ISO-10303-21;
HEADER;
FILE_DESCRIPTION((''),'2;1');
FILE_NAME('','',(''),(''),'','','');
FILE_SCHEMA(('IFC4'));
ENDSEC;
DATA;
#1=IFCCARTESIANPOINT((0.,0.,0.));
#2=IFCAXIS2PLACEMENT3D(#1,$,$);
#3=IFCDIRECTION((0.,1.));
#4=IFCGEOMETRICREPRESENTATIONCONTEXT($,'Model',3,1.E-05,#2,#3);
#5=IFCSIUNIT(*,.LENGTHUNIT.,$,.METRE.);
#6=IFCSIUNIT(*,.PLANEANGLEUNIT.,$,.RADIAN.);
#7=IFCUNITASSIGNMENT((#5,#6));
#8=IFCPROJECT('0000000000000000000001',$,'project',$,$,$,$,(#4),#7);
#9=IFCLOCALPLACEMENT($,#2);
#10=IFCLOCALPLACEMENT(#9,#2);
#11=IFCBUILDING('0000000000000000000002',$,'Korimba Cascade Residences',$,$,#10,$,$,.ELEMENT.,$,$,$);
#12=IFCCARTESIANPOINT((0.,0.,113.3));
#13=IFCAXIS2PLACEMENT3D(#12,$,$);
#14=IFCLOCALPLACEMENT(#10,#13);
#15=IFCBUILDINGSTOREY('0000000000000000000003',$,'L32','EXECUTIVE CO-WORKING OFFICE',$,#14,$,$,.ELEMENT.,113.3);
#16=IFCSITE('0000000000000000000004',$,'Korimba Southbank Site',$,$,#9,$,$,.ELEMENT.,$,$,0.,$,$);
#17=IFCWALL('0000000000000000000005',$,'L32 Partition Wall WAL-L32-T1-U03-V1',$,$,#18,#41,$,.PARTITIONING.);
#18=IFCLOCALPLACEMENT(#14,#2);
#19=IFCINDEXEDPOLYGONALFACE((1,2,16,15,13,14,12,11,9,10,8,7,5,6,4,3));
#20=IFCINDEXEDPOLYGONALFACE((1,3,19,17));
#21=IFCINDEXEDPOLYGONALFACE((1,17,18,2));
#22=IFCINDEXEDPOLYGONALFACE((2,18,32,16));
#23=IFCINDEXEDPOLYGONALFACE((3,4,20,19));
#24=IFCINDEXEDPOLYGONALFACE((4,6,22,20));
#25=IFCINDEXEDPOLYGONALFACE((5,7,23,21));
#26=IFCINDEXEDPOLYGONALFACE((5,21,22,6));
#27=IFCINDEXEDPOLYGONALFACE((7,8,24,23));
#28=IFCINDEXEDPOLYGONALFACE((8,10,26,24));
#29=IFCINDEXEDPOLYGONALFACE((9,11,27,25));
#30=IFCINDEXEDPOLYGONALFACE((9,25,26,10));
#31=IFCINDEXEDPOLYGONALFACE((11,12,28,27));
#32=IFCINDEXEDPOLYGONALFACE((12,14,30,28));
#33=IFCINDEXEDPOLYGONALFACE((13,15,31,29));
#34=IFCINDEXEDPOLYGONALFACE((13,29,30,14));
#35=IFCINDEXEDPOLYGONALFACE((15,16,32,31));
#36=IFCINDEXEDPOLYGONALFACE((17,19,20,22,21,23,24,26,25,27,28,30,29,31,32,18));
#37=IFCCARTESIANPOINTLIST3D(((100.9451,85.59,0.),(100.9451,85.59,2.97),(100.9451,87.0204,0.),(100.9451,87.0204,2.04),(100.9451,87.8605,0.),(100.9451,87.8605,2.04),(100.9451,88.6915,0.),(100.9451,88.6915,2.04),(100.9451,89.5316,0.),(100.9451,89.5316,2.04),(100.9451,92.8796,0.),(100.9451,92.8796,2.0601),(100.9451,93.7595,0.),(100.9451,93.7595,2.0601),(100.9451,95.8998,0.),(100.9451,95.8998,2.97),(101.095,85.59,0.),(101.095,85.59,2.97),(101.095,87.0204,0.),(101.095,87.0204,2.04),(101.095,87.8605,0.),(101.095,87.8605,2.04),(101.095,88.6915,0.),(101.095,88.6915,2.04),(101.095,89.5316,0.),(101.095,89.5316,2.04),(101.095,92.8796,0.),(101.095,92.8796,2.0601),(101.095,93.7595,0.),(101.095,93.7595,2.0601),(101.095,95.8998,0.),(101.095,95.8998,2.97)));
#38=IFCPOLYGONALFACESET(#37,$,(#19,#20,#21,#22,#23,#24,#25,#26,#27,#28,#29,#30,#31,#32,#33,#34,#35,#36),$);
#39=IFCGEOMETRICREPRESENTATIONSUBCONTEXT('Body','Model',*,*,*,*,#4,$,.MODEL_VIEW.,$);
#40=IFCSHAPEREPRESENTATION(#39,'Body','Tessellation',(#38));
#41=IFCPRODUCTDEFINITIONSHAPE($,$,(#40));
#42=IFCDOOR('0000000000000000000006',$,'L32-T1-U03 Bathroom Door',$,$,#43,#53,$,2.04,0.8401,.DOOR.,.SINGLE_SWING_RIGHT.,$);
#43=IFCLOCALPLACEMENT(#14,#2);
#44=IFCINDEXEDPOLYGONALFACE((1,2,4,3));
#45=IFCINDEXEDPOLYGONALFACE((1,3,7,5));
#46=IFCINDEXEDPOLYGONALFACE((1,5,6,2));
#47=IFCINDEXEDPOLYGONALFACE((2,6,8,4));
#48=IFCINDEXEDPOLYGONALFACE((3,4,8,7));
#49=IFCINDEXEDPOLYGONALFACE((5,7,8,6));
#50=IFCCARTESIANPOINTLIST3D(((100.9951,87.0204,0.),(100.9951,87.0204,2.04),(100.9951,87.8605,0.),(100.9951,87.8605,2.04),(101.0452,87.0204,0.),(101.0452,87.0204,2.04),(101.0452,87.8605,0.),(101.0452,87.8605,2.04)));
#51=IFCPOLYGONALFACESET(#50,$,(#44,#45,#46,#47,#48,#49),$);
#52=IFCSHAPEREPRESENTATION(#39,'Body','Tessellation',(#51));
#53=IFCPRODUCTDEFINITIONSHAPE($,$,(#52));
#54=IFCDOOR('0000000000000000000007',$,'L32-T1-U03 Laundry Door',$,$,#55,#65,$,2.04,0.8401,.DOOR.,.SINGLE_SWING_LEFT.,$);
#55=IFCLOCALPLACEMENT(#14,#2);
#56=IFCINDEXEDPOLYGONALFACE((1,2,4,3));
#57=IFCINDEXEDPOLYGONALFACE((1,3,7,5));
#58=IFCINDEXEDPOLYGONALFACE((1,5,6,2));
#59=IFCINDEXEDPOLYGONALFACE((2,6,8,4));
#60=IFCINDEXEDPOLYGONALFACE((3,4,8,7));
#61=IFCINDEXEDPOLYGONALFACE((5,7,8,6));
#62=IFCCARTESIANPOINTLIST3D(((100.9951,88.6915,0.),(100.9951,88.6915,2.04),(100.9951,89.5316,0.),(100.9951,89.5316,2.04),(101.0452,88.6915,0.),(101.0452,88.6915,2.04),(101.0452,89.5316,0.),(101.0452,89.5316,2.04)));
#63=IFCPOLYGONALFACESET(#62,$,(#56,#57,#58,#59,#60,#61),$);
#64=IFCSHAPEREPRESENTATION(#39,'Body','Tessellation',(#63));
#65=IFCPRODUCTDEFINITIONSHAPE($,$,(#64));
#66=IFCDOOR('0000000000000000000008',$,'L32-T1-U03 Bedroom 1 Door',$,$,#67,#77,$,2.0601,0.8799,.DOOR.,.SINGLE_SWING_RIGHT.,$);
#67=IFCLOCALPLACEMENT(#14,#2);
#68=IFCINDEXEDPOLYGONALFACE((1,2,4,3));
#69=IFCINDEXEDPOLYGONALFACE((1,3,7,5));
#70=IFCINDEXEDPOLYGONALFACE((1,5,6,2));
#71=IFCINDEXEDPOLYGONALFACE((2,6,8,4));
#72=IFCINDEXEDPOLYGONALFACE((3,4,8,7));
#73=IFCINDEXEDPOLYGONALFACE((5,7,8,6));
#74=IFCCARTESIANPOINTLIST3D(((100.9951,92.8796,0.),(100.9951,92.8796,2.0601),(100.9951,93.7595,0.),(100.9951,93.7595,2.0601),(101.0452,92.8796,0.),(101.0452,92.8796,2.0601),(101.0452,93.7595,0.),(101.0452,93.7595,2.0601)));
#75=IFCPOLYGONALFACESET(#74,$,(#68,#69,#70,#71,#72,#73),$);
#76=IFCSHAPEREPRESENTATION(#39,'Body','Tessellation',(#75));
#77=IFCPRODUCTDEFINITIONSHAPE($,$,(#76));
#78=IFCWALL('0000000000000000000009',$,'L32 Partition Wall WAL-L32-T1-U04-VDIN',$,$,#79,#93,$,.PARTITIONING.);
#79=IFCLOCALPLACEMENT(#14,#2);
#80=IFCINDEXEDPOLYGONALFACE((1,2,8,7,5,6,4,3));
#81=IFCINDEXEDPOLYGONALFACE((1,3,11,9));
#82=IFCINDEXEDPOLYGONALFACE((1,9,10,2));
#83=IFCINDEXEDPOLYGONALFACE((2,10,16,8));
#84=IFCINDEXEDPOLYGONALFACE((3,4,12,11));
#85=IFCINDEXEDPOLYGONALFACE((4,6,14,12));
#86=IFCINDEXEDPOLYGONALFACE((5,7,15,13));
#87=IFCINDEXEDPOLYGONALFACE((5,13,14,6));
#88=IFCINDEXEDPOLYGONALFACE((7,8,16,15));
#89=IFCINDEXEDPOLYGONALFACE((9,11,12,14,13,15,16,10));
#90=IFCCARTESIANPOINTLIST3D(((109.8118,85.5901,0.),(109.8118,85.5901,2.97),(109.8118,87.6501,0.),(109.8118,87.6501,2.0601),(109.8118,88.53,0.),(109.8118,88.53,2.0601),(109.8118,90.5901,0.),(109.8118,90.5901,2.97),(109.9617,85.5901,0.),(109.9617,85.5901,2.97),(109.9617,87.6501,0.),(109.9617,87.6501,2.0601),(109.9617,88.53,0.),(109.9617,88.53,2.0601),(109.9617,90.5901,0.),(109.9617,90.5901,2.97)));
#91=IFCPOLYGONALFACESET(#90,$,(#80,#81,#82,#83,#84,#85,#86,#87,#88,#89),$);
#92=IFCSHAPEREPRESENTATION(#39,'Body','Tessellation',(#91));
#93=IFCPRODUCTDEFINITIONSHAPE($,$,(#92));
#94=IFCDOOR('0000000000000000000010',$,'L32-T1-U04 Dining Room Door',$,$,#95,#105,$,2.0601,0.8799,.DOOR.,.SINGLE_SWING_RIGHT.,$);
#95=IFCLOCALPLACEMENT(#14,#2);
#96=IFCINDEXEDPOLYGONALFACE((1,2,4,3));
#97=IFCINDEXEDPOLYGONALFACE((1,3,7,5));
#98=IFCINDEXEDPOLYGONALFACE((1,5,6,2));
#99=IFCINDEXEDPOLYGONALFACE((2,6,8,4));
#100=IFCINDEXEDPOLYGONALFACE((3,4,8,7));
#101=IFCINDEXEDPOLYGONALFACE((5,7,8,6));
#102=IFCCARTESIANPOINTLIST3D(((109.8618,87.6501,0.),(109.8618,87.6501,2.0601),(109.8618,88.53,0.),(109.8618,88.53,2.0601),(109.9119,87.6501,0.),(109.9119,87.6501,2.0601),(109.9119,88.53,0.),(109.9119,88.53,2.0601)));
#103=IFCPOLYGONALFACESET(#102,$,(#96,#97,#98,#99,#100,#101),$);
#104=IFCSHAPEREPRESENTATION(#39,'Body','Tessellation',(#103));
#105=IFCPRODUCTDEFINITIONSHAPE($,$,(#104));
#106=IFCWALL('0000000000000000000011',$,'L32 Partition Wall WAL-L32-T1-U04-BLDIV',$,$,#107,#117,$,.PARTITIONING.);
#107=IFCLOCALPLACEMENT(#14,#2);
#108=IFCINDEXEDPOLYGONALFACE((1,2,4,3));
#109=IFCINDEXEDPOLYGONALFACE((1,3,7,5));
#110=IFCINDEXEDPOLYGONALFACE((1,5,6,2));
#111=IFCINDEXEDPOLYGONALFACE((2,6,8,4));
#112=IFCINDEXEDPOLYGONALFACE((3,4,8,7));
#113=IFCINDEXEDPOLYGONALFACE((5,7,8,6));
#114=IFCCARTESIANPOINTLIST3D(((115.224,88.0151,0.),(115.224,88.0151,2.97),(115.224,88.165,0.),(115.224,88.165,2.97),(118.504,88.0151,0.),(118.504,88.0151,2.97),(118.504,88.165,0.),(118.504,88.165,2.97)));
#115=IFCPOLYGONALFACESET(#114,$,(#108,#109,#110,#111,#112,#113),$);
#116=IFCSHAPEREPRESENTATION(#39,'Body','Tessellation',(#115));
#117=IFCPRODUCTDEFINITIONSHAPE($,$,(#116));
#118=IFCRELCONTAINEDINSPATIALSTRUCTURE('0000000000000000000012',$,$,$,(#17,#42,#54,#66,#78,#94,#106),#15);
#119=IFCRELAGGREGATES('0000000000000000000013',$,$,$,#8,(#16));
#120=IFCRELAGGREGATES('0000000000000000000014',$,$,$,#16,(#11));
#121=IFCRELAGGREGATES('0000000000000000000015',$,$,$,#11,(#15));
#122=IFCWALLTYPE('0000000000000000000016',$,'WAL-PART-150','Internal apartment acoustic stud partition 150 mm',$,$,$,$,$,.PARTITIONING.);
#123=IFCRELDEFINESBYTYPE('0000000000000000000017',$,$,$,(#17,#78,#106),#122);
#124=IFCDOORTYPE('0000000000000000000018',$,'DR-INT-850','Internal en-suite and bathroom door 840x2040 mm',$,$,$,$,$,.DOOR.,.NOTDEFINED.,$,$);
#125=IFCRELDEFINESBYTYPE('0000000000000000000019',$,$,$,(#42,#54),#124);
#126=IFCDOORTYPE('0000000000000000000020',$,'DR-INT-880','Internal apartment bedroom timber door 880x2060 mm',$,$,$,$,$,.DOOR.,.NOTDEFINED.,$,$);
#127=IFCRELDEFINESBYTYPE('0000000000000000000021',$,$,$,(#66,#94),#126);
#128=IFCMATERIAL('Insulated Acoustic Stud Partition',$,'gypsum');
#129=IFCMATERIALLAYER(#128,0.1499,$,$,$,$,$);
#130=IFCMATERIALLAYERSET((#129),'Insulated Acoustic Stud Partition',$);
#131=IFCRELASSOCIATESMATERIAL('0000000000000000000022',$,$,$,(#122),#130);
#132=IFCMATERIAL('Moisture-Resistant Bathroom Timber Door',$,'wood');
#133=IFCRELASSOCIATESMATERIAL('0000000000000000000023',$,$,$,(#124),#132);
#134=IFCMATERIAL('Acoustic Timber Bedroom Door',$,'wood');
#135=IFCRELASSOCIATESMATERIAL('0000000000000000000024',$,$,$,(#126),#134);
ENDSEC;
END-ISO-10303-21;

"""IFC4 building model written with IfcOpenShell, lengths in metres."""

from ifc_helpers import new_model, si_unit, direction, frame, frame_2d, origin, place, context, subcontext, project, spatial, rectangle, extrude, material, layer, layer_set, type_object, element, fill, save


model = new_model("IFC4")

# Units and contexts
model_context = context("Model", 3, precision=1e-05, world=origin(), true_north=direction((0.0, 1.0)))
body_context = subcontext(model_context, "Body", "Model", "MODEL_VIEW")
ifc_project = project(units=[si_unit("LENGTHUNIT", "METRE"), si_unit("PLANEANGLEUNIT", "RADIAN")], contexts=[model_context])

# Site, building, storey
site_placement = place(None, origin())
site = spatial("IfcSite", under=ifc_project, at=site_placement, Name="Korimba Southbank Site", CompositionType="ELEMENT", RefElevation=0.0)
building_placement = place(site_placement, origin())
building = spatial("IfcBuilding", under=site, at=building_placement, Name="Korimba Cascade Residences", CompositionType="ELEMENT")
storey_placement = place(building_placement, frame((0.0, 0.0, 113.3)))
storey = spatial("IfcBuildingStorey", under=building, at=storey_placement, Name="L32", Description="EXECUTIVE CO-WORKING OFFICE", CompositionType="ELEMENT", Elevation=113.3)

# Shared definitions
ifc_material_1 = material(Name="Insulated Acoustic Stud Partition", Category="gypsum")
ifc_layer = layer(ifc_material_1, 0.1499)
ifc_layer_set = layer_set([ifc_layer], Name="Insulated Acoustic Stud Partition")
wall_type = type_object("IfcWallType", Name="WAL-PART-150", Description="Internal apartment acoustic stud partition 150 mm", PredefinedType="PARTITIONING", material=ifc_layer_set)

# Wall, openings, doors
wall_1_placement = place(storey_placement, frame((101.02, 85.5901, 0.0), z_axis=(0.0, 0.0, 1.0), x_axis=(0.0, 1.0, 0.0)))
wall_1 = element("IfcWall", 1, at=wall_1_placement, inside=storey, type_object=wall_type, Name="L32 Partition Wall WAL-L32-T1-U03-V1", PredefinedType="PARTITIONING", context=body_context, shape_type="SweptSolid", body=[
    extrude(rectangle(XDim=10.3098, YDim=0.1499, at=frame_2d((5.1548, 0.0))), origin(), (0.0, 0.0, 1.0), 2.97),
])
opening_1_placement = place(wall_1_placement, frame((1.4304, 0.0, 0.0)))
opening_1 = element("IfcOpeningElement", 2, at=opening_1_placement, cuts=wall_1, PredefinedType="OPENING", context=body_context, shape_type="SweptSolid", body=[
    extrude(rectangle(XDim=0.8401, YDim=2.04, at=frame_2d((0.4199, 1.02))), frame((0.0, 0.085, 0.0), z_axis=(0.0, -1.0, 0.0), x_axis=(1.0, 0.0, 0.0)), (0.0, 0.0, 1.0), 0.1699),
])
opening_2_placement = place(wall_1_placement, frame((3.1016, 0.0, 0.0)))
opening_2 = element("IfcOpeningElement", 3, at=opening_2_placement, cuts=wall_1, PredefinedType="OPENING", context=body_context, shape_type="SweptSolid", body=[
    extrude(rectangle(XDim=0.8401, YDim=2.04, at=frame_2d((0.4199, 1.02))), frame((0.0, 0.085, 0.0), z_axis=(0.0, -1.0, 0.0), x_axis=(1.0, 0.0, 0.0)), (0.0, 0.0, 1.0), 0.1699),
])
opening_3_placement = place(wall_1_placement, frame((7.2896, 0.0, 0.0)))
opening_3 = element("IfcOpeningElement", 4, at=opening_3_placement, cuts=wall_1, PredefinedType="OPENING", context=body_context, shape_type="SweptSolid", body=[
    extrude(rectangle(XDim=0.8799, YDim=2.0601, at=frame_2d((0.4399, 1.03))), frame((0.0, 0.085, 0.0), z_axis=(0.0, -1.0, 0.0), x_axis=(1.0, 0.0, 0.0)), (0.0, 0.0, 1.0), 0.1699),
])
ifc_material_2 = material(Name="Moisture-Resistant Bathroom Timber Door", Category="wood")
door_type_1 = type_object("IfcDoorType", Name="DR-INT-850", Description="Internal en-suite and bathroom door 840x2040 mm", OperationType="NOTDEFINED", PredefinedType="DOOR", material=ifc_material_2)
door_1_placement = place(opening_1_placement, origin())
door_1 = element("IfcDoor", 5, at=door_1_placement, inside=storey, type_object=door_type_1, Name="L32-T1-U03 Bathroom Door", OperationType="SINGLE_SWING_RIGHT", OverallHeight=2.04, OverallWidth=0.8401, PredefinedType="DOOR", context=body_context, shape_type="SweptSolid", body=[
    extrude(rectangle(XDim=0.8401, YDim=2.04, at=frame_2d((0.4199, 1.02))), frame((0.0, 0.0249, 0.0), z_axis=(0.0, -1.0, 0.0), x_axis=(1.0, 0.0, 0.0)), (0.0, 0.0, 1.0), 0.05),
])
fill(opening_1, door_1)
door_2_placement = place(opening_2_placement, origin())
door_2 = element("IfcDoor", 6, at=door_2_placement, inside=storey, type_object=door_type_1, Name="L32-T1-U03 Laundry Door", OperationType="SINGLE_SWING_LEFT", OverallHeight=2.04, OverallWidth=0.8401, PredefinedType="DOOR", context=body_context, shape_type="SweptSolid", body=[
    extrude(rectangle(XDim=0.8401, YDim=2.04, at=frame_2d((0.4199, 1.02))), frame((0.0, 0.0249, 0.0), z_axis=(0.0, -1.0, 0.0), x_axis=(1.0, 0.0, 0.0)), (0.0, 0.0, 1.0), 0.05),
])
fill(opening_2, door_2)
ifc_material_3 = material(Name="Acoustic Timber Bedroom Door", Category="wood")
door_type_2 = type_object("IfcDoorType", Name="DR-INT-880", Description="Internal apartment bedroom timber door 880x2060 mm", OperationType="NOTDEFINED", PredefinedType="DOOR", material=ifc_material_3)
door_3_placement = place(opening_3_placement, origin())
door_3 = element("IfcDoor", 7, at=door_3_placement, inside=storey, type_object=door_type_2, Name="L32-T1-U03 Bedroom 1 Door", OperationType="SINGLE_SWING_RIGHT", OverallHeight=2.0601, OverallWidth=0.8799, PredefinedType="DOOR", context=body_context, shape_type="SweptSolid", body=[
    extrude(rectangle(XDim=0.8799, YDim=2.0601, at=frame_2d((0.4399, 1.03))), frame((0.0, 0.0249, 0.0), z_axis=(0.0, -1.0, 0.0), x_axis=(1.0, 0.0, 0.0)), (0.0, 0.0, 1.0), 0.05),
])
fill(opening_3, door_3)

# Wall, opening, door
wall_2_placement = place(storey_placement, frame((109.8867, 85.5901, 0.0), z_axis=(0.0, 0.0, 1.0), x_axis=(0.0, 1.0, 0.0)))
wall_2 = element("IfcWall", 8, at=wall_2_placement, inside=storey, type_object=wall_type, Name="L32 Partition Wall WAL-L32-T1-U04-VDIN", PredefinedType="PARTITIONING", context=body_context, shape_type="SweptSolid", body=[
    extrude(rectangle(XDim=5.0, YDim=0.1499, at=frame_2d((2.5, 0.0))), origin(), (0.0, 0.0, 1.0), 2.97),
])
opening_4_placement = place(wall_2_placement, frame((2.0601, 0.0, 0.0)))
opening_4 = element("IfcOpeningElement", 9, at=opening_4_placement, cuts=wall_2, PredefinedType="OPENING", context=body_context, shape_type="SweptSolid", body=[
    extrude(rectangle(XDim=0.8799, YDim=2.0601, at=frame_2d((0.4399, 1.03))), frame((0.0, 0.085, 0.0), z_axis=(0.0, -1.0, 0.0), x_axis=(1.0, 0.0, 0.0)), (0.0, 0.0, 1.0), 0.1699),
])
door_4_placement = place(opening_4_placement, origin())
door_4 = element("IfcDoor", 10, at=door_4_placement, inside=storey, type_object=door_type_2, Name="L32-T1-U04 Dining Room Door", OperationType="SINGLE_SWING_RIGHT", OverallHeight=2.0601, OverallWidth=0.8799, PredefinedType="DOOR", context=body_context, shape_type="SweptSolid", body=[
    extrude(rectangle(XDim=0.8799, YDim=2.0601, at=frame_2d((0.4399, 1.03))), frame((0.0, 0.0249, 0.0), z_axis=(0.0, -1.0, 0.0), x_axis=(1.0, 0.0, 0.0)), (0.0, 0.0, 1.0), 0.05),
])
fill(opening_4, door_4)

# Wall
wall_3_placement = place(storey_placement, frame((115.2239, 88.0901, 0.0), z_axis=(0.0, 0.0, 1.0), x_axis=(1.0, 0.0, 0.0)))
element("IfcWall", 11, at=wall_3_placement, inside=storey, type_object=wall_type, Name="L32 Partition Wall WAL-L32-T1-U04-BLDIV", PredefinedType="PARTITIONING", context=body_context, shape_type="SweptSolid", body=[
    extrude(rectangle(XDim=3.28, YDim=0.1499, at=frame_2d((1.6401, 0.0))), origin(), (0.0, 0.0, 1.0), 2.97),
])

save(model, "model.ifc")
